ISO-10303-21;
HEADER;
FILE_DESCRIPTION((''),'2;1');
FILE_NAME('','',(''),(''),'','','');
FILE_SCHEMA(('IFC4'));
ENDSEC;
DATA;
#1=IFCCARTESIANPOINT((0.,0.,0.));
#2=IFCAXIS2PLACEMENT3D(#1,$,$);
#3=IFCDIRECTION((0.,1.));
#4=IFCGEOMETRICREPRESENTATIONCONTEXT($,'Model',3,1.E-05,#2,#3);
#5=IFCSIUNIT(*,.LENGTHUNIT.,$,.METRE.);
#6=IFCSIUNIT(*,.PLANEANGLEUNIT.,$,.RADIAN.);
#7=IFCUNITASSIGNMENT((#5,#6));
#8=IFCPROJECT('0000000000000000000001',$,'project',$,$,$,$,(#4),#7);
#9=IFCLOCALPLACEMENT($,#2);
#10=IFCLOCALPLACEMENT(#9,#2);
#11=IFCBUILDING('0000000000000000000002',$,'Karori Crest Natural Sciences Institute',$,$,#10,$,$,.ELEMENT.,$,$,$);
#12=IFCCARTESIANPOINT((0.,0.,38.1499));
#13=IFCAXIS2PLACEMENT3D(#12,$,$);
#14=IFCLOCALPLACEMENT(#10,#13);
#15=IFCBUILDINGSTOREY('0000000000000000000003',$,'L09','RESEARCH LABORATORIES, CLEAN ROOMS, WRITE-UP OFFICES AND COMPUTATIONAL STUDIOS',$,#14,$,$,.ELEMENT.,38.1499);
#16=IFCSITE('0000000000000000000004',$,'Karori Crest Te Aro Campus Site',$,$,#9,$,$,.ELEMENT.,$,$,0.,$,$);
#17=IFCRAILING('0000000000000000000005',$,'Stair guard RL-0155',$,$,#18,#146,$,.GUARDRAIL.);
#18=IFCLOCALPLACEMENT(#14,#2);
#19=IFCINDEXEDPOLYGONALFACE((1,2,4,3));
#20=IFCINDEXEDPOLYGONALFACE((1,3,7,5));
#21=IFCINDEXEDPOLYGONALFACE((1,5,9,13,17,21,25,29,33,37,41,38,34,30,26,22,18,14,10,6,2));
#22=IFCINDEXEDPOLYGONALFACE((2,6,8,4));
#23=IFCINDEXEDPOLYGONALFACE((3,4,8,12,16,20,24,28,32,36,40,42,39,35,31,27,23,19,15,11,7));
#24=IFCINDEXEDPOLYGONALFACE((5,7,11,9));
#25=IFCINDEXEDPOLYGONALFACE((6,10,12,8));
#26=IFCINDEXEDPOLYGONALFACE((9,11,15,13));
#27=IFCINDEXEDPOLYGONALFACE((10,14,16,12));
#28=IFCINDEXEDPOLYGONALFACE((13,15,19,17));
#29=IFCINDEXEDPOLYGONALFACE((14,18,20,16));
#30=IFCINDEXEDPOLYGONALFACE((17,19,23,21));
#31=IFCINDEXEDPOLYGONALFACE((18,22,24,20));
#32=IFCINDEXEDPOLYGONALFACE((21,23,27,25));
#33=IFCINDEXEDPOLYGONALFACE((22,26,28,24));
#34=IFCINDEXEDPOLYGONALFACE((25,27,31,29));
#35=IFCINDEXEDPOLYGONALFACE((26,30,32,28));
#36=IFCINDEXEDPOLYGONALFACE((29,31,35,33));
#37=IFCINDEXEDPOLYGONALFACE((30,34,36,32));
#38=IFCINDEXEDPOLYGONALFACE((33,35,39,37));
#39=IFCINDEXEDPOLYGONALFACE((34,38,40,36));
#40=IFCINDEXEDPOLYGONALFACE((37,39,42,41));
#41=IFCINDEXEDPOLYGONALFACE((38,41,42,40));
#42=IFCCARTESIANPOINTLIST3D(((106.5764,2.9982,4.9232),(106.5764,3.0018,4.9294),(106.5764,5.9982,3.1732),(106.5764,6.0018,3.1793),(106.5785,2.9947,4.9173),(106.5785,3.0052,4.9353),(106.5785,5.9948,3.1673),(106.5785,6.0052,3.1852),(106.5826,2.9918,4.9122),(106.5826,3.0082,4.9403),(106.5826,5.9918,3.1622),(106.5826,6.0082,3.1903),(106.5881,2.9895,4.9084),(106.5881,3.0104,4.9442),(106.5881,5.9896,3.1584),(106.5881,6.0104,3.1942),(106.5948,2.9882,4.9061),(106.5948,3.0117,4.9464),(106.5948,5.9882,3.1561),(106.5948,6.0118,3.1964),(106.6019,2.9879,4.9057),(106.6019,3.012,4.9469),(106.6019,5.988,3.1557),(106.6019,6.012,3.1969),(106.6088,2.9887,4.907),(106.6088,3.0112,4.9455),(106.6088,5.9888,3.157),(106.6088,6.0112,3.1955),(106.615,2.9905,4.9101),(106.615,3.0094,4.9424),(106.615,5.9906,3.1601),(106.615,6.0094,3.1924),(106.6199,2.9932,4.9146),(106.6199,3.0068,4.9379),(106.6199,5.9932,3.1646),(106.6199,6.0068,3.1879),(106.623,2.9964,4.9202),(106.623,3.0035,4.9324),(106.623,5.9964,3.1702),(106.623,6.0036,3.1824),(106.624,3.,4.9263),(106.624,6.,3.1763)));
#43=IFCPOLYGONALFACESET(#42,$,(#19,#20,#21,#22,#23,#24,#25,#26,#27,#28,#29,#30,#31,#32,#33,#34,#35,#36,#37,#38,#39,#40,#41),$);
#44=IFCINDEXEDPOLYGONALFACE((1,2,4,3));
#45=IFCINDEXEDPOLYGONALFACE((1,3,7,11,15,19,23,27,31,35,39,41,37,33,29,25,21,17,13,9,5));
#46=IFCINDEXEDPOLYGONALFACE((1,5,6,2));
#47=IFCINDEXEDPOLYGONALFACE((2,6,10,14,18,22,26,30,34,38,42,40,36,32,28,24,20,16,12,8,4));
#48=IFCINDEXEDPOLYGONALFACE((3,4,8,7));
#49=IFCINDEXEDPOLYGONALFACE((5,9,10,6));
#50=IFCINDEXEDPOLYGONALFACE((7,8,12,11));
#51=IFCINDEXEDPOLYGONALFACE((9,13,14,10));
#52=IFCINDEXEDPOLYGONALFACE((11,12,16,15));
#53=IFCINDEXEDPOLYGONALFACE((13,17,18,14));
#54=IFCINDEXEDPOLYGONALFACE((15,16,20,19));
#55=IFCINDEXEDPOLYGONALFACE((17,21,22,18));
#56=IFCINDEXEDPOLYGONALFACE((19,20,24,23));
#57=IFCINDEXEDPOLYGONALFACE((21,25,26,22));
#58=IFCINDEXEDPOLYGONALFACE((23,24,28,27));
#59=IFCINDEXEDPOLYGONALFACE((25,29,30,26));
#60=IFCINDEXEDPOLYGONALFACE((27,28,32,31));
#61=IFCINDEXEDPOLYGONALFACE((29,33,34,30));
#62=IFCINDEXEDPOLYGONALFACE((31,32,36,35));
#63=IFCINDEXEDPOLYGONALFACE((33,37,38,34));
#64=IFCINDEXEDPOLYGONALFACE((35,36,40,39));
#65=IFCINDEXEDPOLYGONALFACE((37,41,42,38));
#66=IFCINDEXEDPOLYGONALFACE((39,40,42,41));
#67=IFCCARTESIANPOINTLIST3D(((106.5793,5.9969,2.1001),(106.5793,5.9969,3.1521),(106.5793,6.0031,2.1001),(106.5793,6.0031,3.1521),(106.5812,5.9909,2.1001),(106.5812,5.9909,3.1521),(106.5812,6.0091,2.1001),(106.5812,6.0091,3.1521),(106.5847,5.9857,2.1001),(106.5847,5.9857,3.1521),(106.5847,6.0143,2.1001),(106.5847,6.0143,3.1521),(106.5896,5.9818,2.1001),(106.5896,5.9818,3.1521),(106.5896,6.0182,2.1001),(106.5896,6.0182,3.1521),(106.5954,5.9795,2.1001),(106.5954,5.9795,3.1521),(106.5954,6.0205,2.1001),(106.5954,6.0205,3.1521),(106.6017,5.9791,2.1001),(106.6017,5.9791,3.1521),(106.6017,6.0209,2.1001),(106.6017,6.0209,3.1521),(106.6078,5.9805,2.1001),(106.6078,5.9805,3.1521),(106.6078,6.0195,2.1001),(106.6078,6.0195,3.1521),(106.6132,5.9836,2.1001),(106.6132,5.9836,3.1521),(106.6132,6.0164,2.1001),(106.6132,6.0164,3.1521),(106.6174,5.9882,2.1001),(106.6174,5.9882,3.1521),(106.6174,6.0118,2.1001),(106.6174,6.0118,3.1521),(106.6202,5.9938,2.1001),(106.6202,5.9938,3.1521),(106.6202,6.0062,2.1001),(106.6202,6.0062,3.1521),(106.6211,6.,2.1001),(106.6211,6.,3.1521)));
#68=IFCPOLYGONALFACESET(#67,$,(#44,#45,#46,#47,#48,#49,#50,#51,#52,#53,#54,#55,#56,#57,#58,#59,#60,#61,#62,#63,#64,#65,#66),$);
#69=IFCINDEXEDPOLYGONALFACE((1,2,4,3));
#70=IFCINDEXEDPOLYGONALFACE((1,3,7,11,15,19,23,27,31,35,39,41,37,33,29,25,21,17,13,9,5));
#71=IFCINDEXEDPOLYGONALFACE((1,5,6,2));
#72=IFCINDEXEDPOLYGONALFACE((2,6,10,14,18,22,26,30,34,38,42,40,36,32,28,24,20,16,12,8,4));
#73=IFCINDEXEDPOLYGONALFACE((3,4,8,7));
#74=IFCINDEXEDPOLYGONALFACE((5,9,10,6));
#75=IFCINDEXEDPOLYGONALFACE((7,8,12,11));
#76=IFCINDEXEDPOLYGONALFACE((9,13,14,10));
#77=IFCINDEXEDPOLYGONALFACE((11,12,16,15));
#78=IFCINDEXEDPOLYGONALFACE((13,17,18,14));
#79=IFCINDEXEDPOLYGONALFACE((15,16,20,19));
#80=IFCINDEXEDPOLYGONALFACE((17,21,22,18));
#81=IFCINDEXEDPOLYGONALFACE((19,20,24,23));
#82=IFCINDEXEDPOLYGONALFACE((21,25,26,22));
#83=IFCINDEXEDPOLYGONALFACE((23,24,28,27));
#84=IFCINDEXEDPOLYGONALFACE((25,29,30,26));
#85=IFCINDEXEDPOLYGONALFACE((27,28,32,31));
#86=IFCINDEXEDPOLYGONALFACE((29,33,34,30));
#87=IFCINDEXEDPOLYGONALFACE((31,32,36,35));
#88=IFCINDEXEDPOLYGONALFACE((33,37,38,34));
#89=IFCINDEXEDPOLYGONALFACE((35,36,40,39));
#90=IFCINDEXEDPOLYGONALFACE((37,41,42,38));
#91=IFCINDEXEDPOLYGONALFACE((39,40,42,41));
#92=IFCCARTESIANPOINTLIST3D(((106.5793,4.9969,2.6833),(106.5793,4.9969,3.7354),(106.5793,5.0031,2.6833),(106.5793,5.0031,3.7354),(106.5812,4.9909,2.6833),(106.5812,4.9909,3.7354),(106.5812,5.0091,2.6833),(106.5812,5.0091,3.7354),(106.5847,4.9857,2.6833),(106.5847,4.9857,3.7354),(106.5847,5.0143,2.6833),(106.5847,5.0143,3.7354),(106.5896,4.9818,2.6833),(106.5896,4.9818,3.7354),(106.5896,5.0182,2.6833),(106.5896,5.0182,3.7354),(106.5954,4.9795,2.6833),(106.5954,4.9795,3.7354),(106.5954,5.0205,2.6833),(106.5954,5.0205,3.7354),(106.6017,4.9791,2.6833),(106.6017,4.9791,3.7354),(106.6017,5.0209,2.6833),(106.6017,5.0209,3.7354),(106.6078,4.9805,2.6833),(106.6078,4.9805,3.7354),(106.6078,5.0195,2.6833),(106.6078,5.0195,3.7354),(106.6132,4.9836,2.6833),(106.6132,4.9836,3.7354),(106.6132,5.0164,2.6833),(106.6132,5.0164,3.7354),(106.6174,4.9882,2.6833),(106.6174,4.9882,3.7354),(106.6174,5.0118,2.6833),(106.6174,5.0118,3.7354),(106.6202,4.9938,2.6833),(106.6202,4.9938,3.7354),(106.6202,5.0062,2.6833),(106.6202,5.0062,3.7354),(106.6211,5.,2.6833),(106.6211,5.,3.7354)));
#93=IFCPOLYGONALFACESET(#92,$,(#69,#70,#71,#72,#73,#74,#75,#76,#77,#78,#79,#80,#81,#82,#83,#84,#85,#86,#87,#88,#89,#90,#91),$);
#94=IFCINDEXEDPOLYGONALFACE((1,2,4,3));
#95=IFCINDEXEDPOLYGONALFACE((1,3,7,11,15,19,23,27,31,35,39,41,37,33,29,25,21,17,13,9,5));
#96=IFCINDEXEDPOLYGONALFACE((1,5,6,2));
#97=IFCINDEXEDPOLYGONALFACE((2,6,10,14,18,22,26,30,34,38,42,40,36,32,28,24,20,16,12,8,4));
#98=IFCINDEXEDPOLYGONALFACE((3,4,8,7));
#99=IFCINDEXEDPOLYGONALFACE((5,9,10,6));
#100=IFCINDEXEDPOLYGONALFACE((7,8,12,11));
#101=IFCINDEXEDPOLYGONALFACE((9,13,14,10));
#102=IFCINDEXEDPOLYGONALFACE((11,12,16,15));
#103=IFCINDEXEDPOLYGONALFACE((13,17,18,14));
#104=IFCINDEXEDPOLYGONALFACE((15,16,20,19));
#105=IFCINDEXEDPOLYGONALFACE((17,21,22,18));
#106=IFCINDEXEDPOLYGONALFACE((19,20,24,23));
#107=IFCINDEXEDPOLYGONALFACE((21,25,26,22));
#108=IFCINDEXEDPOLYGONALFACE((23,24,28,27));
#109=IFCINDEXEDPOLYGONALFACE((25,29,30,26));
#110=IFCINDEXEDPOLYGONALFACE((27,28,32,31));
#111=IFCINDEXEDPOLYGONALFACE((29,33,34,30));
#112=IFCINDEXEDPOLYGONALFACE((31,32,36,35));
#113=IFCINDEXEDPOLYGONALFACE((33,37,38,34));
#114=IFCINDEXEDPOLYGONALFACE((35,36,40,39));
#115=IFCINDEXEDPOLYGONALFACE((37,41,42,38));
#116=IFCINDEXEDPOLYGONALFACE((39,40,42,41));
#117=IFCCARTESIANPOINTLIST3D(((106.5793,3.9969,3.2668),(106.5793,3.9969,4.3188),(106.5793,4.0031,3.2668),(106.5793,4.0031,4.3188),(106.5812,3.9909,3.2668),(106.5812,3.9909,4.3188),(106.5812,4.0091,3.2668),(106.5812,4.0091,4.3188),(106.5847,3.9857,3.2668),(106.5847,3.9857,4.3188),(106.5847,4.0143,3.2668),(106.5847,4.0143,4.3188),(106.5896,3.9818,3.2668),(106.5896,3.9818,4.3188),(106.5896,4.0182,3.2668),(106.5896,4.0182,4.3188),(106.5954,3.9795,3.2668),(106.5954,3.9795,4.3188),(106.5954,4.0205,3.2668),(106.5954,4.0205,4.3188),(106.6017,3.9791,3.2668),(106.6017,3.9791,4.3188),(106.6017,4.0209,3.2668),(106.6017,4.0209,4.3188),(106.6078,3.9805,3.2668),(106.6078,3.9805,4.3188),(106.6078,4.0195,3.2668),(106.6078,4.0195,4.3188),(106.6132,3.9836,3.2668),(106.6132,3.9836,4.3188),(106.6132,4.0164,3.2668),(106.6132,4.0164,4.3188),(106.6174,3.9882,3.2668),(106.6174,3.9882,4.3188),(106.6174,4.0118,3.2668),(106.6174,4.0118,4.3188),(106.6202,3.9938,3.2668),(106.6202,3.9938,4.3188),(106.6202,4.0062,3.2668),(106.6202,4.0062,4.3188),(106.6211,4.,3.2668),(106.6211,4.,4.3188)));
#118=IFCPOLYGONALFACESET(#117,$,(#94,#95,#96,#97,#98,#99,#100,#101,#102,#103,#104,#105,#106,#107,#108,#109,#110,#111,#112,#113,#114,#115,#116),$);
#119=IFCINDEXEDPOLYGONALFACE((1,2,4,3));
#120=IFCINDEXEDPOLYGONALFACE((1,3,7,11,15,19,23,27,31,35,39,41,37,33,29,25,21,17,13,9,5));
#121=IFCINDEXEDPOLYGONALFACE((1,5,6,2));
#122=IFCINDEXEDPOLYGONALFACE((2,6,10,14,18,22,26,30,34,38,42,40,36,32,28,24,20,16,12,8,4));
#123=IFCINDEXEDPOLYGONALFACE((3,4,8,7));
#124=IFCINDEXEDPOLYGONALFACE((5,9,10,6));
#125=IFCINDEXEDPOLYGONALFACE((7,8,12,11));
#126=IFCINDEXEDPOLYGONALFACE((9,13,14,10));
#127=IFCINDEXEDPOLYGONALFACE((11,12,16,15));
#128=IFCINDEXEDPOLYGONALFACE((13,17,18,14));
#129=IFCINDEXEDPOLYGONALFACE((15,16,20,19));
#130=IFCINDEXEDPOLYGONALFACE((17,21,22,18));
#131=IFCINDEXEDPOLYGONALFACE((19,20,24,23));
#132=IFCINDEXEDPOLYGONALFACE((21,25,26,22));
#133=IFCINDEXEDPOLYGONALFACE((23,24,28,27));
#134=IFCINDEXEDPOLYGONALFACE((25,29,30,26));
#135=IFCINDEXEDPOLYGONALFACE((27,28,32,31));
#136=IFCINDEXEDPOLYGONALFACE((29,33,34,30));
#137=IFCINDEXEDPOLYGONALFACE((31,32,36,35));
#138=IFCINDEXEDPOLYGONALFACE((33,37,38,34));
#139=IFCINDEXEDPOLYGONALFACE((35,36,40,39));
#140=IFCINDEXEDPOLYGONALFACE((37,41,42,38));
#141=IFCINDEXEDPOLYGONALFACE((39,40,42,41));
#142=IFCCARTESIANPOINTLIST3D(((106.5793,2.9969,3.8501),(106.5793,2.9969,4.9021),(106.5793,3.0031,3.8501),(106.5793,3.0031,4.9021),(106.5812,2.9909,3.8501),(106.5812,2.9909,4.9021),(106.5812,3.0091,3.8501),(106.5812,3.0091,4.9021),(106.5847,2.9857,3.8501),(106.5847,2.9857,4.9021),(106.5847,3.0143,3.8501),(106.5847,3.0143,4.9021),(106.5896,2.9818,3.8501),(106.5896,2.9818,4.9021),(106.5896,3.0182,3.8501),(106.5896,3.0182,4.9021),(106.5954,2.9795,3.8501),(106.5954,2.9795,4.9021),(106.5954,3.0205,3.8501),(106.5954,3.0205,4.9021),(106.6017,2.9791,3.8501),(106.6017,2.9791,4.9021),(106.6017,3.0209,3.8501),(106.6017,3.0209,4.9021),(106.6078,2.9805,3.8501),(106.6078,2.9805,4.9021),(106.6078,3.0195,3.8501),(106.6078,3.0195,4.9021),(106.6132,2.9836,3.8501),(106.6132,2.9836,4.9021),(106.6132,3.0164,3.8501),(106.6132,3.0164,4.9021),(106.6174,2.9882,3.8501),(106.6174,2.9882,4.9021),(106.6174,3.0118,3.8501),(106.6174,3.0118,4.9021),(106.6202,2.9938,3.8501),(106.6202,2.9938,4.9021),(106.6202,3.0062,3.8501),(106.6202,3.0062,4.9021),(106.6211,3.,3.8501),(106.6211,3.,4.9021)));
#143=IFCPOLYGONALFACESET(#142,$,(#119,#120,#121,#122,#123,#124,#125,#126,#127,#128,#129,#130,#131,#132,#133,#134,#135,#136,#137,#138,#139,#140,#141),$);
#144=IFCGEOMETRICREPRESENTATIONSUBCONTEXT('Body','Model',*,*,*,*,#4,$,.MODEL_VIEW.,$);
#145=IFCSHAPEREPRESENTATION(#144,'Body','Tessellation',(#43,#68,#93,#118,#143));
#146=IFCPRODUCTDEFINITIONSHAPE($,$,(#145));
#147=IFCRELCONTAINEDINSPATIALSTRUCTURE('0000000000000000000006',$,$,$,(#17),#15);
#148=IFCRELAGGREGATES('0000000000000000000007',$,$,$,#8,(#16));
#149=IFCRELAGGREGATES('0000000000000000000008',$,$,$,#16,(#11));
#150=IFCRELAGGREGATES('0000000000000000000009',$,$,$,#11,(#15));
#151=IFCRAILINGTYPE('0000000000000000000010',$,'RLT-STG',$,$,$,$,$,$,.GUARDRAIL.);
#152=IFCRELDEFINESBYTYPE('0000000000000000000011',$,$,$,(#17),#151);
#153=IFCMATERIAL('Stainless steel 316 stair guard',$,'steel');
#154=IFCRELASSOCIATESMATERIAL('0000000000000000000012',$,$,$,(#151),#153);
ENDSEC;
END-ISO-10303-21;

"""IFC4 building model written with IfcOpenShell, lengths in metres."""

from ifc_helpers import new_model, si_unit, direction, frame, origin, origin_2d, place, context, subcontext, project, spatial, circle, extrude, material, type_object, element, save


model = new_model("IFC4")

# Units and contexts
model_context = context("Model", 3, precision=1e-05, world=origin(), true_north=direction((0.0, 1.0)))
body_context = subcontext(model_context, "Body", "Model", "MODEL_VIEW")
ifc_project = project(units=[si_unit("LENGTHUNIT", "METRE"), si_unit("PLANEANGLEUNIT", "RADIAN")], contexts=[model_context])

# Site, building, storey
site_placement = place(None, origin())
site = spatial("IfcSite", under=ifc_project, at=site_placement, Name="Karori Crest Te Aro Campus Site", CompositionType="ELEMENT", RefElevation=0.0)
building_placement = place(site_placement, origin())
building = spatial("IfcBuilding", under=site, at=building_placement, Name="Karori Crest Natural Sciences Institute", CompositionType="ELEMENT")
storey_placement = place(building_placement, frame((0.0, 0.0, 38.1499)))
storey = spatial("IfcBuildingStorey", under=building, at=storey_placement, Name="L09", Description="RESEARCH LABORATORIES, CLEAN ROOMS, WRITE-UP OFFICES AND COMPUTATIONAL STUDIOS", CompositionType="ELEMENT", Elevation=38.1499)

# Railing
ifc_material_1 = material(Name="Stainless steel 316 stair guard", Category="steel")
railing_type_1 = type_object("IfcRailingType", Name="RLT-STG", PredefinedType="GUARDRAIL", material=ifc_material_1)
railing_1_placement = place(storey_placement, frame((106.6001, 6.0, 2.1001)))
element("IfcRailing", 1, at=railing_1_placement, inside=storey, type_object=railing_type_1, Name="Stair guard RL-0155", PredefinedType="GUARDRAIL", context=body_context, shape_type="SweptSolid", body=[
    extrude(circle(Radius=0.0239, at=origin_2d()), frame((0.0, 0.0, 1.0762), z_axis=(0.0, -0.863779, 0.503871), x_axis=(1.0, 0.0, 0.0)), (0.0, 0.0, 1.0), 3.4731),
    extrude(circle(Radius=0.021, at=origin_2d()), origin(), (0.0, 0.0, 1.0), 1.052),
    extrude(circle(Radius=0.021, at=origin_2d()), frame((0.0, -1.0, 0.5833)), (0.0, 0.0, 1.0), 1.052),
    extrude(circle(Radius=0.021, at=origin_2d()), frame((0.0, -2.0, 1.1667)), (0.0, 0.0, 1.0), 1.052),
    extrude(circle(Radius=0.021, at=origin_2d()), frame((0.0, -3.0, 1.75)), (0.0, 0.0, 1.0), 1.052),
])

save(model, "model.ifc")
